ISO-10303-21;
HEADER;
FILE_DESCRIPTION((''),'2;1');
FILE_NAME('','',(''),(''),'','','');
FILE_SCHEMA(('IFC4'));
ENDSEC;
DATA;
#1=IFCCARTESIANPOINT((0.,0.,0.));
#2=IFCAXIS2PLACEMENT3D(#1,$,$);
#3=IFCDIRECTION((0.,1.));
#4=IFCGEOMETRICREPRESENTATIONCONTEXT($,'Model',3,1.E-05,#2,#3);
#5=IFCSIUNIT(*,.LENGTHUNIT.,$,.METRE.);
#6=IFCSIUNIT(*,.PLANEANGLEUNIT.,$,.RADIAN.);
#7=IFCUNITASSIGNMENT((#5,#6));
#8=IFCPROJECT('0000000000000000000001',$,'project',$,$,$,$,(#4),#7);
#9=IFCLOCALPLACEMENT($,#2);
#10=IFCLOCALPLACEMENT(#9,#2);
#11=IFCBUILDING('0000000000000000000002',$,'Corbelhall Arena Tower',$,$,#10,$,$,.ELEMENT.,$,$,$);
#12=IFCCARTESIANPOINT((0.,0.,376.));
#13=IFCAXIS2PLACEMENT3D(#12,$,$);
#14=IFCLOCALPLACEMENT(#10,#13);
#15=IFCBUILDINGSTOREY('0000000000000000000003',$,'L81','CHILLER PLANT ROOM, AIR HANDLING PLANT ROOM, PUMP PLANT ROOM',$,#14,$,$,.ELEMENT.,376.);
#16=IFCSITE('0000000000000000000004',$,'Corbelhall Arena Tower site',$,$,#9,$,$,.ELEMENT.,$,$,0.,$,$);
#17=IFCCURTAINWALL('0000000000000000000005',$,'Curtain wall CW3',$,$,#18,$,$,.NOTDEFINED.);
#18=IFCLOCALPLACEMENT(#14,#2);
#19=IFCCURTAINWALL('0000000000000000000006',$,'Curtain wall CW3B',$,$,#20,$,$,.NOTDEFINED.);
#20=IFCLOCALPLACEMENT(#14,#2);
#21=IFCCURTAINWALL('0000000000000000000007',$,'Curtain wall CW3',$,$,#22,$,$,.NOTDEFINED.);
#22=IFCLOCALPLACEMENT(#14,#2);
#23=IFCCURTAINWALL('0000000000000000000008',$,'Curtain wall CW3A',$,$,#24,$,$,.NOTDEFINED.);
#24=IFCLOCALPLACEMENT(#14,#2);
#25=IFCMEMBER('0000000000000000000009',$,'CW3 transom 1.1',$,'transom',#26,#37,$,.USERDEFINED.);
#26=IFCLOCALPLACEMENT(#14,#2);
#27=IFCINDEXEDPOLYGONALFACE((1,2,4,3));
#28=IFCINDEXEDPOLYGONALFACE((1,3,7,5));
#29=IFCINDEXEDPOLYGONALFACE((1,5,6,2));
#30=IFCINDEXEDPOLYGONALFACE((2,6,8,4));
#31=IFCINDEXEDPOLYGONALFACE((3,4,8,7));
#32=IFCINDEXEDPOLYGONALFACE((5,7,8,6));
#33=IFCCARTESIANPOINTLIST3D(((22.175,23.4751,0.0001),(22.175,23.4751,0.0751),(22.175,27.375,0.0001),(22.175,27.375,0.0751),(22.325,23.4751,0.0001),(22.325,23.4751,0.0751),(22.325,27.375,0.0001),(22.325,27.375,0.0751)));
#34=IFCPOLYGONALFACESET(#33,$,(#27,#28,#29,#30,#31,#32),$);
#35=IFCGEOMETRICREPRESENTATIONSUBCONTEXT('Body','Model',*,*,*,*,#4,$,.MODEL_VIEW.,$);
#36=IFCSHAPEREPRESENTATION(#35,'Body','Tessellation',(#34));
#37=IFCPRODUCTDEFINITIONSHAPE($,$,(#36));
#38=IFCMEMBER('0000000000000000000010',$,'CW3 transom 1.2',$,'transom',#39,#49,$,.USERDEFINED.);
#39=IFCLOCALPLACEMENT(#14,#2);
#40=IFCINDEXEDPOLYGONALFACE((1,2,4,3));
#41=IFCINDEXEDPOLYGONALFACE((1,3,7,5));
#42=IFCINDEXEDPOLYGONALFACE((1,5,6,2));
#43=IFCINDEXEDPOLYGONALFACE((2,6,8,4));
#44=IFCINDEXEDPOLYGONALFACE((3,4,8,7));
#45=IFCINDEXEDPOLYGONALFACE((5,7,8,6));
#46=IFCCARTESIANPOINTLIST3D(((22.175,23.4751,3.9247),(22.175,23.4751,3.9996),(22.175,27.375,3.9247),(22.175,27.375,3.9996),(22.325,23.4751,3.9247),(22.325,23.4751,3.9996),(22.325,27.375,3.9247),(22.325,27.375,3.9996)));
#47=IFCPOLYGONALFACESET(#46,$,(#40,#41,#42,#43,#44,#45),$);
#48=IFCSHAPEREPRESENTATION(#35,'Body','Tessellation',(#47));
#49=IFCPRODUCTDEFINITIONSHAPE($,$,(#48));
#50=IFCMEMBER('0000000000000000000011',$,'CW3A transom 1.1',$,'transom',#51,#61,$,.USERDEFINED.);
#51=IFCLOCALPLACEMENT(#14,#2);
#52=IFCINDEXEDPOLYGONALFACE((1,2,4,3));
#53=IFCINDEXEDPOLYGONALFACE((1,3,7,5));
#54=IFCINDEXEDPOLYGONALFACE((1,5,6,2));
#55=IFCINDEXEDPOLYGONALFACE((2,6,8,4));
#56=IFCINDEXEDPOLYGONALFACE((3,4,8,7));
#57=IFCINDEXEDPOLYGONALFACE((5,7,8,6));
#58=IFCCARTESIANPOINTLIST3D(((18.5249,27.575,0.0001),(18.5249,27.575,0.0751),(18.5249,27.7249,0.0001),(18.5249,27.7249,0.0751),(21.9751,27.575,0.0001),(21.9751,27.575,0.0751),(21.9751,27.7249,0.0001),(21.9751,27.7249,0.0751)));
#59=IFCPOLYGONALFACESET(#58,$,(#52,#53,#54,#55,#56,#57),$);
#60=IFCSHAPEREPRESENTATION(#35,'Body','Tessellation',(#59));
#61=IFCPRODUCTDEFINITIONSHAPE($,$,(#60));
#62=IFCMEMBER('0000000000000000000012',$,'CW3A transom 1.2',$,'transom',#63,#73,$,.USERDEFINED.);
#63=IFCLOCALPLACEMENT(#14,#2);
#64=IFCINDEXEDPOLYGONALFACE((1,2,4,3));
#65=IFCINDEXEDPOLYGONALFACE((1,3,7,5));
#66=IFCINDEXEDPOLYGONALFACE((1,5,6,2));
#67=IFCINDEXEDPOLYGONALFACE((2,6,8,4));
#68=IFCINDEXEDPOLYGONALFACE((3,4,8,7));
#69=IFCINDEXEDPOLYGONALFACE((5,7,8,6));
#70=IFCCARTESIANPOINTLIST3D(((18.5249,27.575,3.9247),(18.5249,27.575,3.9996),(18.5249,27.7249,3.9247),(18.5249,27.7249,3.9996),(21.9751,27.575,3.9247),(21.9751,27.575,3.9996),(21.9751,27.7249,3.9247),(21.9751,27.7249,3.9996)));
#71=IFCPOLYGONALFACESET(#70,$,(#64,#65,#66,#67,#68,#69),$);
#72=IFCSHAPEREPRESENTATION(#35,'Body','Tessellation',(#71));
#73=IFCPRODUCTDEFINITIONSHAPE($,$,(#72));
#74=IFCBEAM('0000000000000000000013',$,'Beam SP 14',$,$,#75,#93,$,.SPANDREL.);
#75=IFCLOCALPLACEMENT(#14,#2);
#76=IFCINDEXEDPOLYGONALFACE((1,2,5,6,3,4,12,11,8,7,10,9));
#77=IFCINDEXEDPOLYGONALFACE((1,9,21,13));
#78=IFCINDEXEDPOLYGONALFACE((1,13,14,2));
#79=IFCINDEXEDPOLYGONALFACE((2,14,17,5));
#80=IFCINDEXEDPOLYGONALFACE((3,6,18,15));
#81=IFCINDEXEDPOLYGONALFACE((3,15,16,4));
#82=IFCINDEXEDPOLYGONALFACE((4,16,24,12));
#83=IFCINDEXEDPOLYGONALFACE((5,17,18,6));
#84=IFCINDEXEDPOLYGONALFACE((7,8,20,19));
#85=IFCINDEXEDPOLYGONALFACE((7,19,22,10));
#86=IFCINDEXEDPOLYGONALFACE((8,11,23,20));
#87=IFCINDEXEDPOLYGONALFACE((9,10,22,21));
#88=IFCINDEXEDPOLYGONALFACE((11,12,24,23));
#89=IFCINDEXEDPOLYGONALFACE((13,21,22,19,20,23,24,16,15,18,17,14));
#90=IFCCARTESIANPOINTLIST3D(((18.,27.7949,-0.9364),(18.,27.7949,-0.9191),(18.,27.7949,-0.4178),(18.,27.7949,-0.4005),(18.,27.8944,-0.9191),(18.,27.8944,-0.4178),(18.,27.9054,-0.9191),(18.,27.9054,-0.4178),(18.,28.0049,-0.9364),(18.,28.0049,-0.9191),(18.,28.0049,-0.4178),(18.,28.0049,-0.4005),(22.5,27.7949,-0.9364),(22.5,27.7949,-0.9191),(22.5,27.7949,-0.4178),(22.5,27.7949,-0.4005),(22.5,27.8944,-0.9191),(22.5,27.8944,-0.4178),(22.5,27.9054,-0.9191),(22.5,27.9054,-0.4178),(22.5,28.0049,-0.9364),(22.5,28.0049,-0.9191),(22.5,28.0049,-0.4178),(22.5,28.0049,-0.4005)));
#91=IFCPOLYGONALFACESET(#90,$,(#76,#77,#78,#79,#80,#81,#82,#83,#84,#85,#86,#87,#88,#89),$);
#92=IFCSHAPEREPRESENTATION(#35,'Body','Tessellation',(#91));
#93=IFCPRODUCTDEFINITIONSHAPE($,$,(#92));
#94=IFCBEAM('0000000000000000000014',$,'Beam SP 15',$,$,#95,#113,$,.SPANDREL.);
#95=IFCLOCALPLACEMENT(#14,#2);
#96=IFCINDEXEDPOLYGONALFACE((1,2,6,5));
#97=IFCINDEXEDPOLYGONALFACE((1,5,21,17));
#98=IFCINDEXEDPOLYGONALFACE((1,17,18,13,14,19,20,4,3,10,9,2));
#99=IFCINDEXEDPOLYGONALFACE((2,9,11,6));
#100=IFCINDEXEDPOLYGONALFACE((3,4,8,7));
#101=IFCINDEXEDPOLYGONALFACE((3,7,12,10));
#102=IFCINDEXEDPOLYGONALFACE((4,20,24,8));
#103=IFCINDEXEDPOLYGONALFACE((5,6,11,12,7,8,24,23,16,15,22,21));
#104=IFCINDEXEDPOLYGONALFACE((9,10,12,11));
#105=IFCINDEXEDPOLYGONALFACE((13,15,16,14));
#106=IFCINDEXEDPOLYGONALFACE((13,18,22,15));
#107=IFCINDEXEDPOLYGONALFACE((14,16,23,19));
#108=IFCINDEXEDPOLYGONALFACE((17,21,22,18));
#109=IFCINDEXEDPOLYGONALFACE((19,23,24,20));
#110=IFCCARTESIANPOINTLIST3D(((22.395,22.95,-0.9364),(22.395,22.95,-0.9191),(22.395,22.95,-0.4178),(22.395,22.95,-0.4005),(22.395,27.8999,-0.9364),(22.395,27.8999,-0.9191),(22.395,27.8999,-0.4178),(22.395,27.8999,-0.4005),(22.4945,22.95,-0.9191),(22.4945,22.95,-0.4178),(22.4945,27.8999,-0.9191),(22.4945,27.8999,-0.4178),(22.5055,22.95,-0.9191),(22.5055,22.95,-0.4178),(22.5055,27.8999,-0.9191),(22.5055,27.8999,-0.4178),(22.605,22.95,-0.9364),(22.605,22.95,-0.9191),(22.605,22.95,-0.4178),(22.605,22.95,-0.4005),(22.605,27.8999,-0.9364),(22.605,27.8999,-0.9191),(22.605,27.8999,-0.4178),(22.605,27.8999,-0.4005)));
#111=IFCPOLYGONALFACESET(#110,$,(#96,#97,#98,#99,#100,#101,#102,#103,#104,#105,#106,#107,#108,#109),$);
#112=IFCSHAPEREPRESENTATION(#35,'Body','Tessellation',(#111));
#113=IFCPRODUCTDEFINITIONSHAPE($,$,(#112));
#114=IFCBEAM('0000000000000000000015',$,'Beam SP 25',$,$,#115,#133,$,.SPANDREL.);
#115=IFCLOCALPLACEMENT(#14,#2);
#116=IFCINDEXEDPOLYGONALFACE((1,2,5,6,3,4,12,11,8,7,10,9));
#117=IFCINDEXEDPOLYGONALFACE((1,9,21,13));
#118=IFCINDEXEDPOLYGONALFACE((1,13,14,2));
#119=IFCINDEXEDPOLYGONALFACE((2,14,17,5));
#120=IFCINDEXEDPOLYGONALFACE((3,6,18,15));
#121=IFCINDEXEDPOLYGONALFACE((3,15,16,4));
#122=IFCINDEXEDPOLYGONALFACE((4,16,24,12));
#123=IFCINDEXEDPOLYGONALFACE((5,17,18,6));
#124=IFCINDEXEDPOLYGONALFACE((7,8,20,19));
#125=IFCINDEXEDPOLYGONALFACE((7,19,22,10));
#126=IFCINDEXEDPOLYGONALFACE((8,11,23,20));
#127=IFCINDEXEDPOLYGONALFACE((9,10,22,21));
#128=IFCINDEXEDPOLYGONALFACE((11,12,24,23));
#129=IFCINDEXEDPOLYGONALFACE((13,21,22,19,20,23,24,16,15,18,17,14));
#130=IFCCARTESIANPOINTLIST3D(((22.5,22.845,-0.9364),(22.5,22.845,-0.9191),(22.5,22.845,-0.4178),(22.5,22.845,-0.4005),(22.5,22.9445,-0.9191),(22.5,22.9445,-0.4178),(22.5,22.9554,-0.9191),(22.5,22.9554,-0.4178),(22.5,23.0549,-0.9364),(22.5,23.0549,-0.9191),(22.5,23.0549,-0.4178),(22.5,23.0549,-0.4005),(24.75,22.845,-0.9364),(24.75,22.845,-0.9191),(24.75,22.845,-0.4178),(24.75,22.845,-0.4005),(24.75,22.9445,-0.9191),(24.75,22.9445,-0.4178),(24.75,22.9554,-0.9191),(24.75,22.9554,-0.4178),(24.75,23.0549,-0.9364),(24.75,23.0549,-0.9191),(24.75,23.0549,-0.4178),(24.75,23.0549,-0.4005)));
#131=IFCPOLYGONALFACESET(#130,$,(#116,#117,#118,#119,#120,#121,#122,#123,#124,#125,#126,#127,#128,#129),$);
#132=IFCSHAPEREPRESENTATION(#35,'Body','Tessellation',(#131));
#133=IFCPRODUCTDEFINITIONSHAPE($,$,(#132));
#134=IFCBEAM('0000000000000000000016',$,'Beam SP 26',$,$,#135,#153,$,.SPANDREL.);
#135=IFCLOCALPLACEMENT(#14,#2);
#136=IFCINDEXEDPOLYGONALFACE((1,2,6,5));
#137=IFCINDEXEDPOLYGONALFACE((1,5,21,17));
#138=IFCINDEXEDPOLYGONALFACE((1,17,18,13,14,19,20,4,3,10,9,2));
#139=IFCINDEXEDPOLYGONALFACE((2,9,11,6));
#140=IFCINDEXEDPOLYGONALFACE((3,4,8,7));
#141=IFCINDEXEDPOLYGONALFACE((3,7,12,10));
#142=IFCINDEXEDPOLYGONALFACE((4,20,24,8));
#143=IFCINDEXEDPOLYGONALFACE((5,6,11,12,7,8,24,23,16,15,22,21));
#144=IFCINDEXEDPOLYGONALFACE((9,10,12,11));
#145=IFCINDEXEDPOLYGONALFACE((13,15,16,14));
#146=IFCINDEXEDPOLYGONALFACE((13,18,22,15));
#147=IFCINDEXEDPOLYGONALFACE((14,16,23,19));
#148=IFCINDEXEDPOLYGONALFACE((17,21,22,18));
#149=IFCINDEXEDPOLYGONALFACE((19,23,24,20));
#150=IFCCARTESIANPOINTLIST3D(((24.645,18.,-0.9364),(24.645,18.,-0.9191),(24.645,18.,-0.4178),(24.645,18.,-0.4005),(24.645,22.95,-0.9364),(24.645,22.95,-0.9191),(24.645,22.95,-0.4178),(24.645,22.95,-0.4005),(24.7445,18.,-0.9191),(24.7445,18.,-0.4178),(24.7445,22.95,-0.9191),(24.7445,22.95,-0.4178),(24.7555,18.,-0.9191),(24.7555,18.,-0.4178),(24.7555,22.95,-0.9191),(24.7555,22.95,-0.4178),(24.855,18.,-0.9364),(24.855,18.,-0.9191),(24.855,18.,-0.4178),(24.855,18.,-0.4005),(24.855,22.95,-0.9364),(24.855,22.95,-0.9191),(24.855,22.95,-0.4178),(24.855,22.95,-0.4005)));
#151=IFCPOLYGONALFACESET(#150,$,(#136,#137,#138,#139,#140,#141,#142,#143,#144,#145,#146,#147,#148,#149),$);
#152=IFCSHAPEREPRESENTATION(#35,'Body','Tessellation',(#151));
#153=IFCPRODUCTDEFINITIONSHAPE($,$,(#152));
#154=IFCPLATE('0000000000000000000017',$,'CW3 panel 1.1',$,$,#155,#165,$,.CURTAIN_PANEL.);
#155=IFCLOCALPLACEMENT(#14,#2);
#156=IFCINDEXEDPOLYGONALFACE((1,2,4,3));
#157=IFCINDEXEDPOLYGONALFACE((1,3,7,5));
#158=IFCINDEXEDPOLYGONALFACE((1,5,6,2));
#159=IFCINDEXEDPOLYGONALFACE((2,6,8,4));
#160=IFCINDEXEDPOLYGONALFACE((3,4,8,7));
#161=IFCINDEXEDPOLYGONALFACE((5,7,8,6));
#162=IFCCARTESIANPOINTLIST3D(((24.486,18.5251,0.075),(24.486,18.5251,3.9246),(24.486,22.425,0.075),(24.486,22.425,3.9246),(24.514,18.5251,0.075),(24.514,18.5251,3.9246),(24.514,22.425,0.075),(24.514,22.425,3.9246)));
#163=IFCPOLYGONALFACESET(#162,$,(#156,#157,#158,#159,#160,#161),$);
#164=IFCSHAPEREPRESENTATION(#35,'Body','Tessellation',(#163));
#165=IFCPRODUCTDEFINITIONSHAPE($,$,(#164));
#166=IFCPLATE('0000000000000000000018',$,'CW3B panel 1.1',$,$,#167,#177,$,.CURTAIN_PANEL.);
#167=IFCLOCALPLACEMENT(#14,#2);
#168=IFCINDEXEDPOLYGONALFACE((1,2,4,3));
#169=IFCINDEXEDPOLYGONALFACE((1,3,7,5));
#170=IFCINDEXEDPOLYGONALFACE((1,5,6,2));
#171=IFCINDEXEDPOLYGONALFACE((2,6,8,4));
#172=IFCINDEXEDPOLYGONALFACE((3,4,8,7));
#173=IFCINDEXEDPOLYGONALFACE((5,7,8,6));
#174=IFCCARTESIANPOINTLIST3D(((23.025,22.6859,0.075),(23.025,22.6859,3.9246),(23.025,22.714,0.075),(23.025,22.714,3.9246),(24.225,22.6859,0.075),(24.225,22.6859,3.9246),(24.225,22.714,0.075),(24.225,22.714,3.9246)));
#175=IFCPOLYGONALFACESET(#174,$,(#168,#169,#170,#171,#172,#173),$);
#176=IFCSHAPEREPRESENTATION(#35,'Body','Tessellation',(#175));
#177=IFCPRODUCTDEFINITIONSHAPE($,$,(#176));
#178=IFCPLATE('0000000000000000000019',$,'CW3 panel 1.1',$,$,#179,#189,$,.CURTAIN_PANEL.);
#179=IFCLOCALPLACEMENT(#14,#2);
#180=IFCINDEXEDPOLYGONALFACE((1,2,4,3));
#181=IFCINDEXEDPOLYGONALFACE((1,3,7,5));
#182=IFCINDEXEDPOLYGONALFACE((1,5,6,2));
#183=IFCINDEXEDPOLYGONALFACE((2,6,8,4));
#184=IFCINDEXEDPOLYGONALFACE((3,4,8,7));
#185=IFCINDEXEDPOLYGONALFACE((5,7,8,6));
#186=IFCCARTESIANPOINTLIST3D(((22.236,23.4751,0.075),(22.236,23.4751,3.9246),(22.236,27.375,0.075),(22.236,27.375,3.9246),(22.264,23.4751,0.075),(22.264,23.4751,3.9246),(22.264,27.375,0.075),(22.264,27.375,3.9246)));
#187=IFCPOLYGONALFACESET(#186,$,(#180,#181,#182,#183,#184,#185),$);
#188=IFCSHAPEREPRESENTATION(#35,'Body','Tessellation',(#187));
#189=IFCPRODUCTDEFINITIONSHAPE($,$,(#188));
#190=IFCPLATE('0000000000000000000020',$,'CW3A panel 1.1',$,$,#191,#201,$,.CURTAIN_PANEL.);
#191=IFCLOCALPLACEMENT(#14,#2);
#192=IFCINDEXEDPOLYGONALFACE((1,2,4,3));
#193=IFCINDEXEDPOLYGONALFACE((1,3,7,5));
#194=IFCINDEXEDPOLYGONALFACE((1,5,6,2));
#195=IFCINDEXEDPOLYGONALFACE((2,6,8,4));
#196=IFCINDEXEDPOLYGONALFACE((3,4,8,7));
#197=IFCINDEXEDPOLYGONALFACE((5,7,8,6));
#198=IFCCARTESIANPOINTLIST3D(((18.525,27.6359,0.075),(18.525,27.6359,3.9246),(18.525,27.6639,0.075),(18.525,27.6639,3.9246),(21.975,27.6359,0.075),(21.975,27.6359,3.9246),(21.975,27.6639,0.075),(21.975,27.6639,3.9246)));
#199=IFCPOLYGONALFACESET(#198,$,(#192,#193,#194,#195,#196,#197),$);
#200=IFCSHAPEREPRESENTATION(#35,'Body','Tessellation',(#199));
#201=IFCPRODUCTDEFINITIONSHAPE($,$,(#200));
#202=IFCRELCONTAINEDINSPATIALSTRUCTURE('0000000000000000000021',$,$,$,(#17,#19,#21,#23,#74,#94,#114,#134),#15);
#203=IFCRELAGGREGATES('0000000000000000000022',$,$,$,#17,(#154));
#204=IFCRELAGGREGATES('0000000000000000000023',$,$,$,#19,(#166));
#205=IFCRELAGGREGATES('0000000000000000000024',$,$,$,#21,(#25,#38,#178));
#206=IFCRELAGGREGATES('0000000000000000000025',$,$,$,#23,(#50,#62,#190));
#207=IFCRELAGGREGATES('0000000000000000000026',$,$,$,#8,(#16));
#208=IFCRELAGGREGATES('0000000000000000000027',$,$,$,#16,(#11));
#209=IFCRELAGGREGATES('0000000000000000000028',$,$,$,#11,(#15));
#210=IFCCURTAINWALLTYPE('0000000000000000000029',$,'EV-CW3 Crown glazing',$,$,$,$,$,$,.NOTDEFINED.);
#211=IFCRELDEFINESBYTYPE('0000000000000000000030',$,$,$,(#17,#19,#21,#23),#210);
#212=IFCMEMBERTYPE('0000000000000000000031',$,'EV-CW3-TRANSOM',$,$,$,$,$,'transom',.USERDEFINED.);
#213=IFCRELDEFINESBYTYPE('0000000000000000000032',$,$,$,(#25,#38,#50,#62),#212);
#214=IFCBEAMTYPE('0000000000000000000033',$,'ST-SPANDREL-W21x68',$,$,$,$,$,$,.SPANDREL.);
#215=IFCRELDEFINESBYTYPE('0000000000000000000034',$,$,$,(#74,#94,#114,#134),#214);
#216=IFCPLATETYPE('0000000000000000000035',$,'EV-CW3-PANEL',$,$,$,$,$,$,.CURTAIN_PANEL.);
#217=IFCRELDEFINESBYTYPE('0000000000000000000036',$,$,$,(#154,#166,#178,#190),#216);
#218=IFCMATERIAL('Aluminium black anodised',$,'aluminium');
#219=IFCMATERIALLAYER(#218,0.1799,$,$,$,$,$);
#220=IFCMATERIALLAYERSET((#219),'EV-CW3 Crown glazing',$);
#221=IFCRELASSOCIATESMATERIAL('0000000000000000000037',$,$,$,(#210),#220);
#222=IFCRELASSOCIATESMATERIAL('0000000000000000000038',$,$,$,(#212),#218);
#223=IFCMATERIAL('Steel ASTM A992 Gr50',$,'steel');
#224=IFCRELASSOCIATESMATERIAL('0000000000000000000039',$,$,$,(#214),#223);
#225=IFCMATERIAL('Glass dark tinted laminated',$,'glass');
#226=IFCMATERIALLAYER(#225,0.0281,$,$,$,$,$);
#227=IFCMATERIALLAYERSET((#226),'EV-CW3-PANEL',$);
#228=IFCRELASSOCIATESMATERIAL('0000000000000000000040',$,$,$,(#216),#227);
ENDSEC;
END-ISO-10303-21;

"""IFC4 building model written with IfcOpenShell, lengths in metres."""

from ifc_helpers import new_model, si_unit, direction, frame, origin, origin_2d, place, context, subcontext, project, spatial, rectangle, i_section, extrude, material, layer, layer_set, material_profile, profile_set, type_object, element, aggregate, save


model = new_model("IFC4")

# Units and contexts
model_context = context("Model", 3, precision=1e-05, world=origin(), true_north=direction((0.0, 1.0)))
body_context = subcontext(model_context, "Body", "Model", "MODEL_VIEW")
ifc_project = project(units=[si_unit("LENGTHUNIT", "METRE"), si_unit("PLANEANGLEUNIT", "RADIAN")], contexts=[model_context])

# Site, building, storey
site_placement = place(None, origin())
site = spatial("IfcSite", under=ifc_project, at=site_placement, Name="Corbelhall Arena Tower site", CompositionType="ELEMENT", RefElevation=0.0)
building_placement = place(site_placement, origin())
building = spatial("IfcBuilding", under=site, at=building_placement, Name="Corbelhall Arena Tower", CompositionType="ELEMENT")
storey_placement = place(building_placement, frame((0.0, 0.0, 376.0)))
storey = spatial("IfcBuildingStorey", under=building, at=storey_placement, Name="L81", Description="CHILLER PLANT ROOM, AIR HANDLING PLANT ROOM, PUMP PLANT ROOM", CompositionType="ELEMENT", Elevation=376.0)

# Curtain walls
ifc_material_1 = material(Name="Aluminium black anodised", Category="aluminium")
ifc_layer_1 = layer(ifc_material_1, 0.1799)
ifc_layer_set_1 = layer_set([ifc_layer_1], Name="EV-CW3 Crown glazing")
curtain_wall_type = type_object("IfcCurtainWallType", Name="EV-CW3 Crown glazing", PredefinedType="NOTDEFINED", material=ifc_layer_set_1)
curtain_wall_1_placement = place(storey_placement, origin())
curtain_wall_1 = element("IfcCurtainWall", 1, at=curtain_wall_1_placement, inside=storey, type_object=curtain_wall_type, Name="Curtain wall CW3", PredefinedType="NOTDEFINED")
curtain_wall_2_placement = place(storey_placement, origin())
curtain_wall_2 = element("IfcCurtainWall", 2, at=curtain_wall_2_placement, inside=storey, type_object=curtain_wall_type, Name="Curtain wall CW3B", PredefinedType="NOTDEFINED")
curtain_wall_3_placement = place(storey_placement, origin())
curtain_wall_3 = element("IfcCurtainWall", 3, at=curtain_wall_3_placement, inside=storey, type_object=curtain_wall_type, Name="Curtain wall CW3", PredefinedType="NOTDEFINED")
curtain_wall_4_placement = place(storey_placement, origin())
curtain_wall_4 = element("IfcCurtainWall", 4, at=curtain_wall_4_placement, inside=storey, type_object=curtain_wall_type, Name="Curtain wall CW3A", PredefinedType="NOTDEFINED")

# Members
ifc_material_profile_1 = material_profile(ifc_material_1, rectangle(XDim=0.1499, YDim=0.075, at=origin_2d()))
ifc_profile_set_1 = profile_set([ifc_material_profile_1], Name="Aluminium black anodised")
member_type_1 = type_object("IfcMemberType", Name="EV-CW3-TRANSOM", ElementType="transom", PredefinedType="USERDEFINED", material=ifc_profile_set_1)
member_1_placement = place(storey_placement, frame((22.25, 23.4751, 0.0376), z_axis=(0.0, 1.0, 0.0), x_axis=(-1.0, 0.0, 0.0)))
member_1 = element("IfcMember", 5, at=member_1_placement, type_object=member_type_1, Name="CW3 transom 1.1", ObjectType="transom", PredefinedType="USERDEFINED", context=body_context, shape_type="SweptSolid", body=[
    extrude(rectangle(XDim=0.1499, YDim=0.075, at=origin_2d()), origin(), (0.0, 0.0, 1.0), 3.8999),
])
member_2_placement = place(storey_placement, frame((22.25, 23.4751, 3.9622), z_axis=(0.0, 1.0, 0.0), x_axis=(-1.0, 0.0, 0.0)))
member_2 = element("IfcMember", 6, at=member_2_placement, type_object=member_type_1, Name="CW3 transom 1.2", ObjectType="transom", PredefinedType="USERDEFINED", context=body_context, shape_type="SweptSolid", body=[
    extrude(rectangle(XDim=0.1499, YDim=0.075, at=origin_2d()), origin(), (0.0, 0.0, 1.0), 3.8999),
])
member_3_placement = place(storey_placement, frame((21.9751, 27.6499, 0.0376), z_axis=(-1.0, 0.0, 0.0), x_axis=(0.0, -1.0, 0.0)))
member_3 = element("IfcMember", 7, at=member_3_placement, type_object=member_type_1, Name="CW3A transom 1.1", ObjectType="transom", PredefinedType="USERDEFINED", context=body_context, shape_type="SweptSolid", body=[
    extrude(rectangle(XDim=0.1499, YDim=0.075, at=origin_2d()), origin(), (0.0, 0.0, 1.0), 3.4502),
])
member_4_placement = place(storey_placement, frame((21.9751, 27.6499, 3.9622), z_axis=(-1.0, 0.0, 0.0), x_axis=(0.0, -1.0, 0.0)))
member_4 = element("IfcMember", 8, at=member_4_placement, type_object=member_type_1, Name="CW3A transom 1.2", ObjectType="transom", PredefinedType="USERDEFINED", context=body_context, shape_type="SweptSolid", body=[
    extrude(rectangle(XDim=0.1499, YDim=0.075, at=origin_2d()), origin(), (0.0, 0.0, 1.0), 3.4502),
])

# Beams
ifc_material_2 = material(Name="Steel ASTM A992 Gr50", Category="steel")
ifc_material_profile_2 = material_profile(ifc_material_2, i_section(OverallWidth=0.21, OverallDepth=0.5359, WebThickness=0.011, FlangeThickness=0.0173, at=origin_2d()))
ifc_profile_set_2 = profile_set([ifc_material_profile_2], Name="Steel ASTM A992 Gr50")
beam_type = type_object("IfcBeamType", Name="ST-SPANDREL-W21x68", PredefinedType="SPANDREL", material=ifc_profile_set_2)
beam_1_placement = place(storey_placement, frame((18.0, 27.8999, -0.6685), z_axis=(1.0, 0.0, 0.0), x_axis=(0.0, 1.0, 0.0)))
element("IfcBeam", 9, at=beam_1_placement, inside=storey, type_object=beam_type, Name="Beam SP 14", PredefinedType="SPANDREL", context=body_context, shape_type="SweptSolid", body=[
    extrude(i_section(OverallWidth=0.21, OverallDepth=0.5359, WebThickness=0.011, FlangeThickness=0.0173, at=origin_2d()), origin(), (0.0, 0.0, 1.0), 4.5),
])
beam_2_placement = place(storey_placement, frame((22.5, 27.8999, -0.6685), z_axis=(0.0, -1.0, 0.0), x_axis=(1.0, 0.0, 0.0)))
element("IfcBeam", 10, at=beam_2_placement, inside=storey, type_object=beam_type, Name="Beam SP 15", PredefinedType="SPANDREL", context=body_context, shape_type="SweptSolid", body=[
    extrude(i_section(OverallWidth=0.21, OverallDepth=0.5359, WebThickness=0.011, FlangeThickness=0.0173, at=origin_2d()), origin(), (0.0, 0.0, 1.0), 4.95),
])
beam_3_placement = place(storey_placement, frame((22.5, 22.95, -0.6685), z_axis=(1.0, 0.0, 0.0), x_axis=(0.0, 1.0, 0.0)))
element("IfcBeam", 11, at=beam_3_placement, inside=storey, type_object=beam_type, Name="Beam SP 25", PredefinedType="SPANDREL", context=body_context, shape_type="SweptSolid", body=[
    extrude(i_section(OverallWidth=0.21, OverallDepth=0.5359, WebThickness=0.011, FlangeThickness=0.0173, at=origin_2d()), origin(), (0.0, 0.0, 1.0), 2.25),
])
beam_4_placement = place(storey_placement, frame((24.75, 22.95, -0.6685), z_axis=(0.0, -1.0, 0.0), x_axis=(1.0, 0.0, 0.0)))
element("IfcBeam", 12, at=beam_4_placement, inside=storey, type_object=beam_type, Name="Beam SP 26", PredefinedType="SPANDREL", context=body_context, shape_type="SweptSolid", body=[
    extrude(i_section(OverallWidth=0.21, OverallDepth=0.5359, WebThickness=0.011, FlangeThickness=0.0173, at=origin_2d()), origin(), (0.0, 0.0, 1.0), 4.95),
])

# Plates
ifc_material_3 = material(Name="Glass dark tinted laminated", Category="glass")
ifc_layer_2 = layer(ifc_material_3, 0.0281)
ifc_layer_set_2 = layer_set([ifc_layer_2], Name="EV-CW3-PANEL")
plate_type = type_object("IfcPlateType", Name="EV-CW3-PANEL", PredefinedType="CURTAIN_PANEL", material=ifc_layer_set_2)
plate_1_placement = place(storey_placement, frame((24.5, 20.4751, 0.075), z_axis=(0.0, 0.0, 1.0), x_axis=(0.0, 1.0, 0.0)))
plate_1 = element("IfcPlate", 13, at=plate_1_placement, type_object=plate_type, Name="CW3 panel 1.1", PredefinedType="CURTAIN_PANEL", context=body_context, shape_type="SweptSolid", body=[
    extrude(rectangle(XDim=3.8999, YDim=0.0281, at=origin_2d()), origin(), (0.0, 0.0, 1.0), 3.8496),
])
aggregate(curtain_wall_1, [plate_1])
plate_2_placement = place(storey_placement, frame((23.625, 22.7, 0.075), z_axis=(0.0, 0.0, 1.0), x_axis=(-1.0, 0.0, 0.0)))
plate_2 = element("IfcPlate", 14, at=plate_2_placement, type_object=plate_type, Name="CW3B panel 1.1", PredefinedType="CURTAIN_PANEL", context=body_context, shape_type="SweptSolid", body=[
    extrude(rectangle(XDim=1.2, YDim=0.0281, at=origin_2d()), origin(), (0.0, 0.0, 1.0), 3.8496),
])
aggregate(curtain_wall_2, [plate_2])
plate_3_placement = place(storey_placement, frame((22.25, 25.425, 0.075), z_axis=(0.0, 0.0, 1.0), x_axis=(0.0, 1.0, 0.0)))
plate_3 = element("IfcPlate", 15, at=plate_3_placement, type_object=plate_type, Name="CW3 panel 1.1", PredefinedType="CURTAIN_PANEL", context=body_context, shape_type="SweptSolid", body=[
    extrude(rectangle(XDim=3.8999, YDim=0.0281, at=origin_2d()), origin(), (0.0, 0.0, 1.0), 3.8496),
])
aggregate(curtain_wall_3, [member_1, member_2, plate_3])
plate_4_placement = place(storey_placement, frame((20.25, 27.6499, 0.075), z_axis=(0.0, 0.0, 1.0), x_axis=(-1.0, 0.0, 0.0)))
plate_4 = element("IfcPlate", 16, at=plate_4_placement, type_object=plate_type, Name="CW3A panel 1.1", PredefinedType="CURTAIN_PANEL", context=body_context, shape_type="SweptSolid", body=[
    extrude(rectangle(XDim=3.45, YDim=0.0281, at=origin_2d()), origin(), (0.0, 0.0, 1.0), 3.8496),
])
aggregate(curtain_wall_4, [member_3, member_4, plate_4])

save(model, "model.ifc")
